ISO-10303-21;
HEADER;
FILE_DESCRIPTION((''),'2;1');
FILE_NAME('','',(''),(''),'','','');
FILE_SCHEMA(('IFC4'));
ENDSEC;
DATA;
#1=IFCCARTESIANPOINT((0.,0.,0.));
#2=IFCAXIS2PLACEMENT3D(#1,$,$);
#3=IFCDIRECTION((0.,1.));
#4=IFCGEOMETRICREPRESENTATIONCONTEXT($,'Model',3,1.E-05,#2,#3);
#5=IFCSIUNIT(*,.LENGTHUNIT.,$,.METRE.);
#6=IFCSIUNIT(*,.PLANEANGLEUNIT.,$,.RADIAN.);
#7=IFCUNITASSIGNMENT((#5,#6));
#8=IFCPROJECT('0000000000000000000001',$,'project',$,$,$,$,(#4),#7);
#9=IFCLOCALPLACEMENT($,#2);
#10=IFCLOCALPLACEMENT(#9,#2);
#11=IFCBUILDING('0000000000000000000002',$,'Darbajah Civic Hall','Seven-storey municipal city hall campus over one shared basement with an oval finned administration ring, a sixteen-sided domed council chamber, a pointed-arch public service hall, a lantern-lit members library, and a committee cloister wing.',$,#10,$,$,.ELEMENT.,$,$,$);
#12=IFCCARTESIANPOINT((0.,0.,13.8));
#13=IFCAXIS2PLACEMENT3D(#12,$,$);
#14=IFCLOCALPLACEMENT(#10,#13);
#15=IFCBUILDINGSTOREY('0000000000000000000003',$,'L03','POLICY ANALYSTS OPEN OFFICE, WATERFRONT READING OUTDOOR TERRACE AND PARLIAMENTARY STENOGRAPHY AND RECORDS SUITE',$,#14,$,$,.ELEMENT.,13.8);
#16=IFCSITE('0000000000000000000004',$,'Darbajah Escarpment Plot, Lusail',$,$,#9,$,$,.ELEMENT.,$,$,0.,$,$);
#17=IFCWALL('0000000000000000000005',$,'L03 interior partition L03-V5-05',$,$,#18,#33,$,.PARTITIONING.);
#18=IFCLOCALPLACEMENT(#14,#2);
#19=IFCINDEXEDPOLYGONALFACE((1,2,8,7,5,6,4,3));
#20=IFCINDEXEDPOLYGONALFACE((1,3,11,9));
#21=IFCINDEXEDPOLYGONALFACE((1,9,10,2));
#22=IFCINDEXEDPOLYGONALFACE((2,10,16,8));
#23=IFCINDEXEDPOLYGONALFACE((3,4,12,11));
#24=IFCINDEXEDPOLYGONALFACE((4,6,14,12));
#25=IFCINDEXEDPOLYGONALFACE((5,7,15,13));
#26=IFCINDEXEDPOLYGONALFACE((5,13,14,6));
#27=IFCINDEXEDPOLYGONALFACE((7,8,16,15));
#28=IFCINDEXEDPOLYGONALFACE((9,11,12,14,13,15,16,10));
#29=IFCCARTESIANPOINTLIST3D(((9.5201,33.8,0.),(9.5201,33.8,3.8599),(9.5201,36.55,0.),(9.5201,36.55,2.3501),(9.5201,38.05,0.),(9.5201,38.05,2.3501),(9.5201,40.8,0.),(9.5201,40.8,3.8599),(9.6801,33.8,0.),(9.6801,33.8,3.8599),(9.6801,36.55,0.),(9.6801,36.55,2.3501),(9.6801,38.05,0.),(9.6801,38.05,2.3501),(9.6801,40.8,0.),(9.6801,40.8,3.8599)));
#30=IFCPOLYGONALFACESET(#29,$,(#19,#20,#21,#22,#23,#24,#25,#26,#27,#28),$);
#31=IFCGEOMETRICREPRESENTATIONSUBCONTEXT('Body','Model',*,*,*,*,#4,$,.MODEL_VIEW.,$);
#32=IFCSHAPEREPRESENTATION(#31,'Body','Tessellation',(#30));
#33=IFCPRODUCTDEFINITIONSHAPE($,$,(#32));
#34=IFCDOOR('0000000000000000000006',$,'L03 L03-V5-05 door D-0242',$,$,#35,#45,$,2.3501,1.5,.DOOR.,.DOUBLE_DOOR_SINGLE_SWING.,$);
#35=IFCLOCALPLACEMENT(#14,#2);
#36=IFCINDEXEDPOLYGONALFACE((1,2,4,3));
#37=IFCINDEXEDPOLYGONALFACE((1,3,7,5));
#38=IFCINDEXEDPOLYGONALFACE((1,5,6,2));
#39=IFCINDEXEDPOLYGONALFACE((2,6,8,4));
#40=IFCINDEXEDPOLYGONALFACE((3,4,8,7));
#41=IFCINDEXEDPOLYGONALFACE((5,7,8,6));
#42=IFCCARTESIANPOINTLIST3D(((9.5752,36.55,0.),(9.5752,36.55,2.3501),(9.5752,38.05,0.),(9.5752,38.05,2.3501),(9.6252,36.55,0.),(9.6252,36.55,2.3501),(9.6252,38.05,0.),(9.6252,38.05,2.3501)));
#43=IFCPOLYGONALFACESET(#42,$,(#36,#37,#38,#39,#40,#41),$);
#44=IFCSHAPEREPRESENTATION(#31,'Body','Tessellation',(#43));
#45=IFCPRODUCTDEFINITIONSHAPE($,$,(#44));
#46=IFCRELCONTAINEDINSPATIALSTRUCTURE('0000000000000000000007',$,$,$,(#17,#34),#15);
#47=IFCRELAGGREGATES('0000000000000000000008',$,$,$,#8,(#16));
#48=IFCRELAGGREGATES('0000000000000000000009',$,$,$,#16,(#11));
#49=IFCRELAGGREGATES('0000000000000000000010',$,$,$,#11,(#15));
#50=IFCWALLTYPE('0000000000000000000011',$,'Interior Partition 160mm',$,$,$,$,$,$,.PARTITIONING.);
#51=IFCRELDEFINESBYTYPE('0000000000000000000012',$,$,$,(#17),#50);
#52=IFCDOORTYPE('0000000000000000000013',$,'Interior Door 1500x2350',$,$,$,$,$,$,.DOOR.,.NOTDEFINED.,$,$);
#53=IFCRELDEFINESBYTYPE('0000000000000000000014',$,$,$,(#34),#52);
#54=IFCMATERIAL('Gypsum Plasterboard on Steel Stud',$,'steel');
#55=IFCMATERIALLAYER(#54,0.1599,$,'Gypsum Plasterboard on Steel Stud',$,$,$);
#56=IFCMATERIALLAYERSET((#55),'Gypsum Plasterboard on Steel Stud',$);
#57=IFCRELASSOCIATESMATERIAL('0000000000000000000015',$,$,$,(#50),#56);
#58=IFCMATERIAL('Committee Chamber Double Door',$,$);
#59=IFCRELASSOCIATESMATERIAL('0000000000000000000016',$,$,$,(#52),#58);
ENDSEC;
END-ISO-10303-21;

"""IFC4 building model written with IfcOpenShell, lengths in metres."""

from ifc_helpers import new_model, si_unit, direction, frame, frame_2d, origin, place, context, subcontext, project, spatial, rectangle, extrude, material, layer, layer_set, type_object, element, fill, save


model = new_model("IFC4")

# Units and contexts
model_context = context("Model", 3, precision=1e-05, world=origin(), true_north=direction((0.0, 1.0)))
body_context = subcontext(model_context, "Body", "Model", "MODEL_VIEW")
ifc_project = project(units=[si_unit("LENGTHUNIT", "METRE"), si_unit("PLANEANGLEUNIT", "RADIAN")], contexts=[model_context])

# Site, building, storey
site_placement = place(None, origin())
site = spatial("IfcSite", under=ifc_project, at=site_placement, Name="Darbajah Escarpment Plot, Lusail", CompositionType="ELEMENT", RefElevation=0.0)
building_placement = place(site_placement, origin())
building = spatial("IfcBuilding", under=site, at=building_placement, Name="Darbajah Civic Hall", Description="Seven-storey municipal city hall campus over one shared basement with an oval finned administration ring, a sixteen-sided domed council chamber, a pointed-arch public service hall, a lantern-lit members library, and a committee cloister wing.", CompositionType="ELEMENT")
storey_placement = place(building_placement, frame((0.0, 0.0, 13.8)))
storey = spatial("IfcBuildingStorey", under=building, at=storey_placement, Name="L03", Description="POLICY ANALYSTS OPEN OFFICE, WATERFRONT READING OUTDOOR TERRACE AND PARLIAMENTARY STENOGRAPHY AND RECORDS SUITE", CompositionType="ELEMENT", Elevation=13.8)

# Wall, opening, door
ifc_material_1 = material(Name="Gypsum Plasterboard on Steel Stud", Category="steel")
ifc_layer_1 = layer(ifc_material_1, 0.1599, Name="Gypsum Plasterboard on Steel Stud")
ifc_layer_set_1 = layer_set([ifc_layer_1], Name="Gypsum Plasterboard on Steel Stud")
wall_type_1 = type_object("IfcWallType", Name="Interior Partition 160mm", PredefinedType="PARTITIONING", material=ifc_layer_set_1)
wall_1_placement = place(storey_placement, frame((9.6001, 33.8, 0.0), z_axis=(0.0, 0.0, 1.0), x_axis=(0.0, 1.0, 0.0)))
wall_1 = element("IfcWall", 1, at=wall_1_placement, inside=storey, type_object=wall_type_1, Name="L03 interior partition L03-V5-05", PredefinedType="PARTITIONING", context=body_context, shape_type="SweptSolid", body=[
    extrude(rectangle(XDim=7.0, YDim=0.1599, at=frame_2d((3.5, 0.0))), origin(), (0.0, 0.0, 1.0), 3.8599),
])
opening_1_placement = place(wall_1_placement, frame((2.75, 0.0, 0.0)))
opening_1 = element("IfcOpeningElement", 2, at=opening_1_placement, cuts=wall_1, PredefinedType="OPENING", context=body_context, shape_type="SweptSolid", body=[
    extrude(rectangle(XDim=1.5, YDim=2.3501, at=frame_2d((0.75, 1.175))), frame((0.0, 0.0898, 0.0), z_axis=(0.0, -1.0, 0.0), x_axis=(1.0, 0.0, 0.0)), (0.0, 0.0, 1.0), 0.1799),
])
ifc_material_2 = material(Name="Committee Chamber Double Door")
door_type = type_object("IfcDoorType", Name="Interior Door 1500x2350", OperationType="NOTDEFINED", PredefinedType="DOOR", material=ifc_material_2)
door_placement = place(opening_1_placement, origin())
door = element("IfcDoor", 3, at=door_placement, inside=storey, type_object=door_type, Name="L03 L03-V5-05 door D-0242", OperationType="DOUBLE_DOOR_SINGLE_SWING", OverallHeight=2.3501, OverallWidth=1.5, PredefinedType="DOOR", context=body_context, shape_type="SweptSolid", body=[
    extrude(rectangle(XDim=1.5, YDim=2.3501, at=frame_2d((0.75, 1.175))), frame((0.0, 0.0249, 0.0), z_axis=(0.0, -1.0, 0.0), x_axis=(1.0, 0.0, 0.0)), (0.0, 0.0, 1.0), 0.05),
])
fill(opening_1, door)

save(model, "model.ifc")
